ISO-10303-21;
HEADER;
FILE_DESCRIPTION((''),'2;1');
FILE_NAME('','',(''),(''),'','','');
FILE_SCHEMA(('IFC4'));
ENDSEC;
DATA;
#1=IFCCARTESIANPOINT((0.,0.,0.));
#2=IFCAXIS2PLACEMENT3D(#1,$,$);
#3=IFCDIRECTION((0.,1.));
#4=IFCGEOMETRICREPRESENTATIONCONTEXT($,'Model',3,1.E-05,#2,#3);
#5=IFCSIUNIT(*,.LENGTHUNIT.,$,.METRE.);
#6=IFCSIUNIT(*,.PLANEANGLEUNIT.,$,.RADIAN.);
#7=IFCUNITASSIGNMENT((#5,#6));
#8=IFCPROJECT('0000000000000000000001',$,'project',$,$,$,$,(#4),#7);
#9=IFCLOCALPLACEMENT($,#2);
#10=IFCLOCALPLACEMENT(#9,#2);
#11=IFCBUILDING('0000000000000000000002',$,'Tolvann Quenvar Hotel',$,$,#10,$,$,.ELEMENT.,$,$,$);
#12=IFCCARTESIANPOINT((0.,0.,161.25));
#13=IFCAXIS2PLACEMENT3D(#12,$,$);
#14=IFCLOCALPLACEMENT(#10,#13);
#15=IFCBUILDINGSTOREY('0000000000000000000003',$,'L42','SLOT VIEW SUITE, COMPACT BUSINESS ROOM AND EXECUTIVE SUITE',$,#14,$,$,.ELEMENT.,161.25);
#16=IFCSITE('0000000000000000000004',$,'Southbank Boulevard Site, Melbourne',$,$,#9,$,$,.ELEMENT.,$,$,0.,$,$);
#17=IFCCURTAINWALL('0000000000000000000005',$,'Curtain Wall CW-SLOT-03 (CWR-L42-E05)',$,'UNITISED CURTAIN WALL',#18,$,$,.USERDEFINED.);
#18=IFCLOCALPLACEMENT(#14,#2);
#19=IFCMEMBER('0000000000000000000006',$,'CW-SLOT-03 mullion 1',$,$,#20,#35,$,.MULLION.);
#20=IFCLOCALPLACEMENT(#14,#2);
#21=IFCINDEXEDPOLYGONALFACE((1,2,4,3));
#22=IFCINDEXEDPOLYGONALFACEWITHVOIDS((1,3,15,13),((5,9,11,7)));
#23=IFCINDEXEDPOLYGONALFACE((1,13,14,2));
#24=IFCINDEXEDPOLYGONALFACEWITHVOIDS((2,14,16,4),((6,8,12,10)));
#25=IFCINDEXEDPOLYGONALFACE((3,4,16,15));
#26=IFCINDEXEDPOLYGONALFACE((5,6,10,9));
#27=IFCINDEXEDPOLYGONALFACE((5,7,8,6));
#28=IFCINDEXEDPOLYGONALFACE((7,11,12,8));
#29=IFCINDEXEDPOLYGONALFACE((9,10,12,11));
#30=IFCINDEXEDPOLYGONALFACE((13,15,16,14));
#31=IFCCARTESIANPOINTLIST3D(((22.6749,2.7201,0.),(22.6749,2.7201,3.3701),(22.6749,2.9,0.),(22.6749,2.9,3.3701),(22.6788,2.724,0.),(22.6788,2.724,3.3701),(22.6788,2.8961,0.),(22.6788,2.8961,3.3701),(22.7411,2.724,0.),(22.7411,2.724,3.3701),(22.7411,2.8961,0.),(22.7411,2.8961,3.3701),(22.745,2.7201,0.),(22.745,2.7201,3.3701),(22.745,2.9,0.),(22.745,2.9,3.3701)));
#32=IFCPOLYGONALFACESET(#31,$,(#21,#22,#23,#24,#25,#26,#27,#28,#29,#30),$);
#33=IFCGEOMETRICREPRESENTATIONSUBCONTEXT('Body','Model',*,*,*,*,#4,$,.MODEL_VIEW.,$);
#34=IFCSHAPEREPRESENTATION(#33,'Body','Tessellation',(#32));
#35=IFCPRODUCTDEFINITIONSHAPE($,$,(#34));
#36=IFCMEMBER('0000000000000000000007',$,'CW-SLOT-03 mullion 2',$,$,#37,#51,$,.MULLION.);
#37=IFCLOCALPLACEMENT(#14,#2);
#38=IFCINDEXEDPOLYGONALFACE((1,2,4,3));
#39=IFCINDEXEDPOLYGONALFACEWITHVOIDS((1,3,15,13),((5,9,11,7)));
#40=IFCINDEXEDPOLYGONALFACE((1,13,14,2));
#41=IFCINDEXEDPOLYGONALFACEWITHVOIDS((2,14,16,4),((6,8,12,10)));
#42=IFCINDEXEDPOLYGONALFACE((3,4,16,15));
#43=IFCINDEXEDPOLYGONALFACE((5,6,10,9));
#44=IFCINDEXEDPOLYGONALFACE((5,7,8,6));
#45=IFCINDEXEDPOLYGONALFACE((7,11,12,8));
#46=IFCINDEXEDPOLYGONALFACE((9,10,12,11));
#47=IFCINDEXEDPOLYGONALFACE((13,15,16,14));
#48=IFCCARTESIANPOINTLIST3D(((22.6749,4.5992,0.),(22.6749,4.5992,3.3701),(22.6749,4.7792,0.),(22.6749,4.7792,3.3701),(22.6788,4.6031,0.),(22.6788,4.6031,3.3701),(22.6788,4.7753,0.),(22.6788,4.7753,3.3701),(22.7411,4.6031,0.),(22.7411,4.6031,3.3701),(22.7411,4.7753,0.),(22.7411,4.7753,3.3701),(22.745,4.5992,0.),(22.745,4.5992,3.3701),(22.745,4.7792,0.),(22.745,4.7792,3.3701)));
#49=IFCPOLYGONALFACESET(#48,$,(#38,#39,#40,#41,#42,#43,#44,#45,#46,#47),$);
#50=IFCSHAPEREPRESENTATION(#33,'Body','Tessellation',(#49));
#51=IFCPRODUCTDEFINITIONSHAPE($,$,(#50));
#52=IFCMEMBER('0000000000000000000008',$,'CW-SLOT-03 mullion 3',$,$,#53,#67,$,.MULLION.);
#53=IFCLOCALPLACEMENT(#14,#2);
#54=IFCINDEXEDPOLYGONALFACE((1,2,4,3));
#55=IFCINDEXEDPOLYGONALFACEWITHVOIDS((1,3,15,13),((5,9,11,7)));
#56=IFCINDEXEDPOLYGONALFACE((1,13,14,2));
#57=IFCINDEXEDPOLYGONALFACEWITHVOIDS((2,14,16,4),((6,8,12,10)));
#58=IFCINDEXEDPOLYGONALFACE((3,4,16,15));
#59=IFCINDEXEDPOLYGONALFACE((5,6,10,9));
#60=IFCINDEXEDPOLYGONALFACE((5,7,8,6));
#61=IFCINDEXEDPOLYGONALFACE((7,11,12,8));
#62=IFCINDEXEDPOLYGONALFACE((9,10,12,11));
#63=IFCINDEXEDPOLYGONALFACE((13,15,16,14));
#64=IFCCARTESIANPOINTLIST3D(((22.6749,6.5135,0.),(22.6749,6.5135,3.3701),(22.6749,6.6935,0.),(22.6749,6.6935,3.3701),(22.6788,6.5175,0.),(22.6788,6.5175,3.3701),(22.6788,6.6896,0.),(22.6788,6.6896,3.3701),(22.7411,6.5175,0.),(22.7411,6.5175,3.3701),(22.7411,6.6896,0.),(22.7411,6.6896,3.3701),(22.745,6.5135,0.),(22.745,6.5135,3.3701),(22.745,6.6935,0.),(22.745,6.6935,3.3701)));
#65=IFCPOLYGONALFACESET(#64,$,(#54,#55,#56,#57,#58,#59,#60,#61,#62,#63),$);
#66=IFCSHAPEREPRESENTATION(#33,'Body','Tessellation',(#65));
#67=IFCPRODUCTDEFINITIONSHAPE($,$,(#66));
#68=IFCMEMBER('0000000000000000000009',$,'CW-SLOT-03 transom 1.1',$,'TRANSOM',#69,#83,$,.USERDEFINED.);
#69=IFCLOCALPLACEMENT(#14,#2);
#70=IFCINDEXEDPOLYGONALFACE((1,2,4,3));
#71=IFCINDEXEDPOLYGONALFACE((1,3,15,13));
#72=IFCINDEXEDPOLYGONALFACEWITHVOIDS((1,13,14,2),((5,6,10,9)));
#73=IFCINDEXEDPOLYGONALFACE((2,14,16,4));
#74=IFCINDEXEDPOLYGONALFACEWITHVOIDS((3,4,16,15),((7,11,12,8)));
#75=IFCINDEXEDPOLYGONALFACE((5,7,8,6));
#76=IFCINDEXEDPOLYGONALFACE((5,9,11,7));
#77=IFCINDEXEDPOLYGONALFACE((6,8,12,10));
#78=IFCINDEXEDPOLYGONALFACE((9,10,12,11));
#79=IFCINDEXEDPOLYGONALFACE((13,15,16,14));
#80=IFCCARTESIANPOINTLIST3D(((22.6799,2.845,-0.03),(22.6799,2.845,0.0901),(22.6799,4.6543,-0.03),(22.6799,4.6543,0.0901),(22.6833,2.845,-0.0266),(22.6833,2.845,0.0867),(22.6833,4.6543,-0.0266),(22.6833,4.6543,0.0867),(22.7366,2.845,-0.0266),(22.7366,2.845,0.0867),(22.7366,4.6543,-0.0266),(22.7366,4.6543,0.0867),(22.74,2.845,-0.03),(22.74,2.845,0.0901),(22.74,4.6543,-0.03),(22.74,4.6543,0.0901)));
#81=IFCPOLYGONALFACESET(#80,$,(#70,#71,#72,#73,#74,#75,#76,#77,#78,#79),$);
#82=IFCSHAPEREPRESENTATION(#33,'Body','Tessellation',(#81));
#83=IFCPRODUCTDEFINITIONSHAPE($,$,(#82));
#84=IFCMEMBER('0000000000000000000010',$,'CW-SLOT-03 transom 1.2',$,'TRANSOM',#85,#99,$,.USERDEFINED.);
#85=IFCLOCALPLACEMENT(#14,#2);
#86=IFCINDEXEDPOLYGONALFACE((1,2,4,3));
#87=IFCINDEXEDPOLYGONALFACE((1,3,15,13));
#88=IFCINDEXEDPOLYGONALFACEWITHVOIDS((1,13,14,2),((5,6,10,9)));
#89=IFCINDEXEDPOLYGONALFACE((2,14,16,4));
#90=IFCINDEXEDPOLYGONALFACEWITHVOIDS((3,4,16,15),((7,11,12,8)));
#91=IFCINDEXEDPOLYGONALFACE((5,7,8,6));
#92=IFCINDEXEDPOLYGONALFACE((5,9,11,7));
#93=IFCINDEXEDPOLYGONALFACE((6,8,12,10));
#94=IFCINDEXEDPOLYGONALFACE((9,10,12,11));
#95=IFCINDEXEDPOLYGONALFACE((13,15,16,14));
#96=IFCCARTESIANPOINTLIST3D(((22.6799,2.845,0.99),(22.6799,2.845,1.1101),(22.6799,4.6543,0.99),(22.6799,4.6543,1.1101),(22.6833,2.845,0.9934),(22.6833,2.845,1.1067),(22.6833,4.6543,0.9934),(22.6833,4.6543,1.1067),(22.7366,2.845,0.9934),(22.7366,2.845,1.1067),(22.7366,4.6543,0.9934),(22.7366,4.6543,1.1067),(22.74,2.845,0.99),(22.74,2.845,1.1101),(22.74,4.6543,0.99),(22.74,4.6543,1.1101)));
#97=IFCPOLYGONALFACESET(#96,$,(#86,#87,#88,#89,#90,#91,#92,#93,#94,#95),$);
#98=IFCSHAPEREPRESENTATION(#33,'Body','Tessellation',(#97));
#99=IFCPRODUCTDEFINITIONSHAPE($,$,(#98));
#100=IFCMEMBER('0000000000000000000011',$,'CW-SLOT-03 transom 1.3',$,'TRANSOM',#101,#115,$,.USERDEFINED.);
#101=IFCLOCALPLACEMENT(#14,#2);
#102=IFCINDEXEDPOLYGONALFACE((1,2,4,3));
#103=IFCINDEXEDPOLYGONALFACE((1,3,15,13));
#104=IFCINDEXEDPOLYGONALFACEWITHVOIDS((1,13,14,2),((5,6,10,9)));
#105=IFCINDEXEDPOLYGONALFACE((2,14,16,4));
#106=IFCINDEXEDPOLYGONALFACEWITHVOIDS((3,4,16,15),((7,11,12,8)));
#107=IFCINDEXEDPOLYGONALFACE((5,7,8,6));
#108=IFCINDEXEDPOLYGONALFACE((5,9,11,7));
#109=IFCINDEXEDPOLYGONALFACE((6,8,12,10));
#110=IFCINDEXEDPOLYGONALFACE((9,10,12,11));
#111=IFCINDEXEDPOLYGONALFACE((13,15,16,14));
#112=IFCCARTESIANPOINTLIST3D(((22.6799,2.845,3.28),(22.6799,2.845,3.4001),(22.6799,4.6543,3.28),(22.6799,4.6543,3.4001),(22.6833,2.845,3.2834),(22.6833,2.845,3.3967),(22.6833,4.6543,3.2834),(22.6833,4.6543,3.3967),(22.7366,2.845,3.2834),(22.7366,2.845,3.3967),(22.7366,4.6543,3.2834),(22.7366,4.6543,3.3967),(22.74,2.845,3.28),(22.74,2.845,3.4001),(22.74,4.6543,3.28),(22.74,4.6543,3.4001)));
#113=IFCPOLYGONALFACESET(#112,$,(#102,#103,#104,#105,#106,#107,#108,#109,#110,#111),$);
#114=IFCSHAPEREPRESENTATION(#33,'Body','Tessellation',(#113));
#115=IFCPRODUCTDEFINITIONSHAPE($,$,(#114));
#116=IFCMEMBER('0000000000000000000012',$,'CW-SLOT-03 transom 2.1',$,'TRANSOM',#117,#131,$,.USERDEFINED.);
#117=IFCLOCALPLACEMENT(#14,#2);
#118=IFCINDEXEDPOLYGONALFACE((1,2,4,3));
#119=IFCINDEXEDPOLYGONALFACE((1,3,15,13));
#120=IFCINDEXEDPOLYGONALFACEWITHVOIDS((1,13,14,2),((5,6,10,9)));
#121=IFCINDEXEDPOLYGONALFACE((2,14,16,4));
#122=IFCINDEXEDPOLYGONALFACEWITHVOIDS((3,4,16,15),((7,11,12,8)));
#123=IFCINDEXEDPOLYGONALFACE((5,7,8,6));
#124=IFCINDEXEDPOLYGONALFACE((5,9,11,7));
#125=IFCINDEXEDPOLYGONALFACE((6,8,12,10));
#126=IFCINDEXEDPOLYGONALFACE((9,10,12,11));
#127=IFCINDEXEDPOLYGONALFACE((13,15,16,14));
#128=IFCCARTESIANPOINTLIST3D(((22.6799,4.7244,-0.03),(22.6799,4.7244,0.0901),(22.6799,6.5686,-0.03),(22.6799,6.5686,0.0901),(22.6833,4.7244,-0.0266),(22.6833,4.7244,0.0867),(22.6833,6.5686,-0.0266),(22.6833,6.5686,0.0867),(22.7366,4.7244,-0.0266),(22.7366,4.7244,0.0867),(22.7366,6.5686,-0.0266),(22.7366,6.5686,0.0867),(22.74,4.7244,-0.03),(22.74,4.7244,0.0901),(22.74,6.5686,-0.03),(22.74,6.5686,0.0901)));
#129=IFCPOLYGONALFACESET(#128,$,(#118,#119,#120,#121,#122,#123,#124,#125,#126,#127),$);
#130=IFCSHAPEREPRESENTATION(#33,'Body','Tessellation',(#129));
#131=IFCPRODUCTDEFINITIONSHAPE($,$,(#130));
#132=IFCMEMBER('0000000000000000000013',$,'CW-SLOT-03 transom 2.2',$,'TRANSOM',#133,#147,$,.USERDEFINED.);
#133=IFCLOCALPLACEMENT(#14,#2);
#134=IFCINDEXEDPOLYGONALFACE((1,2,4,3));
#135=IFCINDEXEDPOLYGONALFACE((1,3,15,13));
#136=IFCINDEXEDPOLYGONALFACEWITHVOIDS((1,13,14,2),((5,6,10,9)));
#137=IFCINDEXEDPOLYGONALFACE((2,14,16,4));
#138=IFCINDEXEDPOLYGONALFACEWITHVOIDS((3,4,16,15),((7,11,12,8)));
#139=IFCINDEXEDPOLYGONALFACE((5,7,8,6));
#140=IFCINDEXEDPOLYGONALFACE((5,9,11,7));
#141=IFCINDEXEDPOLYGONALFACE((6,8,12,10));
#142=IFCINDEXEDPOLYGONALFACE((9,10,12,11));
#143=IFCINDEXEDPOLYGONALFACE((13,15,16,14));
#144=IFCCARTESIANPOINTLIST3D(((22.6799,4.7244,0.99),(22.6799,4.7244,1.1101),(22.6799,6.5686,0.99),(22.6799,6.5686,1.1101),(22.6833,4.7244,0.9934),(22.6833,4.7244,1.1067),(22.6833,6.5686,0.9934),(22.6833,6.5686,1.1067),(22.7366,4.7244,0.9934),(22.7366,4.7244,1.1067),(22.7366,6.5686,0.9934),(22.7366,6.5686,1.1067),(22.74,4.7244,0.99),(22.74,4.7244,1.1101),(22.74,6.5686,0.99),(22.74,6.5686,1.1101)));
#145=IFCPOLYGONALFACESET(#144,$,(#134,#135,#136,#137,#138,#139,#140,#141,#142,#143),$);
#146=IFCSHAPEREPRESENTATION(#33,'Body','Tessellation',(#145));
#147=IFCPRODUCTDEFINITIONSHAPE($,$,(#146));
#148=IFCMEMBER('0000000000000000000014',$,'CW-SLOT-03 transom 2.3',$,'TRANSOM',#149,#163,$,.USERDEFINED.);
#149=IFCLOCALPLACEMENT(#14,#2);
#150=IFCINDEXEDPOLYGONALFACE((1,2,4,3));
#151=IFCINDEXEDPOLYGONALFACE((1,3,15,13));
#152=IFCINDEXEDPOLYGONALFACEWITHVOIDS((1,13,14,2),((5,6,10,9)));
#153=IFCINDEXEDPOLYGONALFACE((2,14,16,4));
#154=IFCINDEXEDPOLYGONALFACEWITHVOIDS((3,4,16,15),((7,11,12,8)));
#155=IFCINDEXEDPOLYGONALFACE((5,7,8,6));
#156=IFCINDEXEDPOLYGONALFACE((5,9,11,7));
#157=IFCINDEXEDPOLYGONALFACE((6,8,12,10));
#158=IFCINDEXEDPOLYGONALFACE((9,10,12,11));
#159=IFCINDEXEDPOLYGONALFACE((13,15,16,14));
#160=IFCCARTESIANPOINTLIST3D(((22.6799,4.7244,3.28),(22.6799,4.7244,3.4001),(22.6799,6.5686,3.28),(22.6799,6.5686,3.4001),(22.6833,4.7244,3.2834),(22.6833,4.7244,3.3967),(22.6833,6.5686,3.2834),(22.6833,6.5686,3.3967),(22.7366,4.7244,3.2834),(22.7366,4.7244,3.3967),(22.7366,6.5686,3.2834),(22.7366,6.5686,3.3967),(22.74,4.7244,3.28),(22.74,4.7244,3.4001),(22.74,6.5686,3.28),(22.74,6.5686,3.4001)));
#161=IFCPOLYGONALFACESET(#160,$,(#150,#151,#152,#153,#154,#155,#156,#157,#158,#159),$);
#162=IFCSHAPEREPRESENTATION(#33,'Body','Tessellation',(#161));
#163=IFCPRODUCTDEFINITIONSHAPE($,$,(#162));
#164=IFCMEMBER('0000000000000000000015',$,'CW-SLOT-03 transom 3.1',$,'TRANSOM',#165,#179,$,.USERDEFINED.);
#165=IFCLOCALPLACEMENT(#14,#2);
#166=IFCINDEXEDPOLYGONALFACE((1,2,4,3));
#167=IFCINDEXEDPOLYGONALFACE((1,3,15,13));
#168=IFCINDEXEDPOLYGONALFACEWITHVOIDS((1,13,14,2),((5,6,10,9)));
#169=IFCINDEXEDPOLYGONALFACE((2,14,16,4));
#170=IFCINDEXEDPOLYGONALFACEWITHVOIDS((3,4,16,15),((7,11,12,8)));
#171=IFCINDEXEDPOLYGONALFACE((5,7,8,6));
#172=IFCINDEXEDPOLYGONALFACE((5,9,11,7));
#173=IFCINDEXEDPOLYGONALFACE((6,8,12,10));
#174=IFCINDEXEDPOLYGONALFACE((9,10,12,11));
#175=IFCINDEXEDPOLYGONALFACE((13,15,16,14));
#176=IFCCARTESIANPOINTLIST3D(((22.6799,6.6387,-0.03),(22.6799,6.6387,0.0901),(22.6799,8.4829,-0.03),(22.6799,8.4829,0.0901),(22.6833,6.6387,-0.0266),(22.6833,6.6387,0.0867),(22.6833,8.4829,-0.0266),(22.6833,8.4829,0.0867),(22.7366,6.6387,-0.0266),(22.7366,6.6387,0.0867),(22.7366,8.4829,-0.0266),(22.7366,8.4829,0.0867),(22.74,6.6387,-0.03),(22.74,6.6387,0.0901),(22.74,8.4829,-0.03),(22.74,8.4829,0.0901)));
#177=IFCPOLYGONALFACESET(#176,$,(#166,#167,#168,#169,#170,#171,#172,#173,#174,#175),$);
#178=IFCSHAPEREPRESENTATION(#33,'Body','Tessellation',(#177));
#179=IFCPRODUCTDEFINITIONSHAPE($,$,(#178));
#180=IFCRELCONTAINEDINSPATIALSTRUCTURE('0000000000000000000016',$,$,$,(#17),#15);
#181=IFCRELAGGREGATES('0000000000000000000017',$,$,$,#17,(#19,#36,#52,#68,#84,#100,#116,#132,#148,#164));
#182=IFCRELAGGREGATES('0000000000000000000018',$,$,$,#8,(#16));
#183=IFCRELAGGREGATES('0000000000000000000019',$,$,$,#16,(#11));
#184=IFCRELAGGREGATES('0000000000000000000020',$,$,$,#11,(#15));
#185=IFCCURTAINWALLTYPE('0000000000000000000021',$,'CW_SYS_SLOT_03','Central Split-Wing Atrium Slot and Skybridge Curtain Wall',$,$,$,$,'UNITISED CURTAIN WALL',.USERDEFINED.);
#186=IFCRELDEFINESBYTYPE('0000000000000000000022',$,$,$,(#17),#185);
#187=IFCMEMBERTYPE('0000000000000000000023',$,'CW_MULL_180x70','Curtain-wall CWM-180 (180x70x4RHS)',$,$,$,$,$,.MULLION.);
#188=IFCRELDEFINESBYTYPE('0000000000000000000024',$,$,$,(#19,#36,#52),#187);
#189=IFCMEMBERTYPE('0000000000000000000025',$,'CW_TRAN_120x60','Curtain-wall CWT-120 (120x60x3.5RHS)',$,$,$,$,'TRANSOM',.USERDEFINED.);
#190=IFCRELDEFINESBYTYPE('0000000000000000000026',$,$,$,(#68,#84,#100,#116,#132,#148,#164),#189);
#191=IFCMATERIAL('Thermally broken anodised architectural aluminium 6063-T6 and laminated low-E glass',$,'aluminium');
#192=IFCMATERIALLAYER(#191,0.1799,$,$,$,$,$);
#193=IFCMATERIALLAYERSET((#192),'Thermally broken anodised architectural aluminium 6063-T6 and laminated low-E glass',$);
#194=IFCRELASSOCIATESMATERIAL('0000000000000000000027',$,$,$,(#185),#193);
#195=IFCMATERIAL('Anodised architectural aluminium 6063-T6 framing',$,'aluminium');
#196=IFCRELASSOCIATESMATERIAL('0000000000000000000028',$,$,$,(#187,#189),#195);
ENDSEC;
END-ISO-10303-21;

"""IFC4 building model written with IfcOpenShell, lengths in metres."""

from ifc_helpers import new_model, si_unit, direction, frame, origin, origin_2d, place, context, subcontext, project, spatial, hollow_rectangle, extrude, source, transform, mapped, material, layer, layer_set, material_profile, profile_set, type_object, type_shapes, element, aggregate, save


model = new_model("IFC4")

# Units and contexts
model_context = context("Model", 3, precision=1e-05, world=origin(), true_north=direction((0.0, 1.0)))
body_context = subcontext(model_context, "Body", "Model", "MODEL_VIEW")
ifc_project = project(units=[si_unit("LENGTHUNIT", "METRE"), si_unit("PLANEANGLEUNIT", "RADIAN")], contexts=[model_context])

# Site, building, storey
site_placement = place(None, origin())
site = spatial("IfcSite", under=ifc_project, at=site_placement, Name="Southbank Boulevard Site, Melbourne", CompositionType="ELEMENT", RefElevation=0.0)
building_placement = place(site_placement, origin())
building = spatial("IfcBuilding", under=site, at=building_placement, Name="Tolvann Quenvar Hotel", CompositionType="ELEMENT")
storey_placement = place(building_placement, frame((0.0, 0.0, 161.25)))
storey = spatial("IfcBuildingStorey", under=building, at=storey_placement, Name="L42", Description="SLOT VIEW SUITE, COMPACT BUSINESS ROOM AND EXECUTIVE SUITE", CompositionType="ELEMENT", Elevation=161.25)

# Curtain wall, members
ifc_material_1 = material(Name="Thermally broken anodised architectural aluminium 6063-T6 and laminated low-E glass", Category="aluminium")
ifc_layer_1 = layer(ifc_material_1, 0.1799)
ifc_layer_set_1 = layer_set([ifc_layer_1], Name="Thermally broken anodised architectural aluminium 6063-T6 and laminated low-E glass")
curtain_wall_type = type_object("IfcCurtainWallType", Name="CW_SYS_SLOT_03", Description="Central Split-Wing Atrium Slot and Skybridge Curtain Wall", ElementType="UNITISED CURTAIN WALL", PredefinedType="USERDEFINED", material=ifc_layer_set_1)
curtain_wall_placement = place(storey_placement, origin())
curtain_wall = element("IfcCurtainWall", 1, at=curtain_wall_placement, inside=storey, type_object=curtain_wall_type, Name="Curtain Wall CW-SLOT-03 (CWR-L42-E05)", ObjectType="UNITISED CURTAIN WALL", PredefinedType="USERDEFINED")
ifc_material_2 = material(Name="Anodised architectural aluminium 6063-T6 framing", Category="aluminium")
ifc_material_profile_1 = material_profile(ifc_material_2, hollow_rectangle(XDim=0.0701, YDim=0.1799, WallThickness=0.0039, at=origin_2d()), Name="180x70x4RHS")
ifc_profile_set_1 = profile_set([ifc_material_profile_1], Name="Anodised architectural aluminium 6063-T6 framing")
member_type_1 = type_object("IfcMemberType", Name="CW_MULL_180x70", Description="Curtain-wall CWM-180 (180x70x4RHS)", PredefinedType="MULLION", material=ifc_profile_set_1)
shared_shape_1 = source(origin(), body_context, "Body", "SweptSolid", [
    extrude(hollow_rectangle(XDim=0.0701, YDim=0.1799, WallThickness=0.0039, at=origin_2d()), origin(), (0.0, 0.0, 1.0), 3.3701),
])
type_shapes(member_type_1, [shared_shape_1])
member_1_placement = place(storey_placement, frame((22.71, 2.8101, 0.0), z_axis=(0.0, 0.0, 1.0), x_axis=(-1.0, 0.0, 0.0)))
member_1 = element("IfcMember", 2, at=member_1_placement, type_object=member_type_1, Name="CW-SLOT-03 mullion 1", PredefinedType="MULLION", context=body_context, shape_type="MappedRepresentation", body=[
    mapped(shared_shape_1, transform((0.0, 0.0, 0.0), x_axis=(1.0, 0.0, 0.0), y_axis=(0.0, 1.0, 0.0), z_axis=(0.0, 0.0, 1.0), scale=1.0)),
])
member_2_placement = place(storey_placement, frame((22.71, 4.6892, 0.0), z_axis=(0.0, 0.0, 1.0), x_axis=(-1.0, 0.0, 0.0)))
member_2 = element("IfcMember", 3, at=member_2_placement, type_object=member_type_1, Name="CW-SLOT-03 mullion 2", PredefinedType="MULLION", context=body_context, shape_type="MappedRepresentation", body=[
    mapped(shared_shape_1, transform((0.0, 0.0, 0.0), x_axis=(1.0, 0.0, 0.0), y_axis=(0.0, 1.0, 0.0), z_axis=(0.0, 0.0, 1.0), scale=1.0)),
])
member_3_placement = place(storey_placement, frame((22.71, 6.6035, 0.0), z_axis=(0.0, 0.0, 1.0), x_axis=(-1.0, 0.0, 0.0)))
member_3 = element("IfcMember", 4, at=member_3_placement, type_object=member_type_1, Name="CW-SLOT-03 mullion 3", PredefinedType="MULLION", context=body_context, shape_type="MappedRepresentation", body=[
    mapped(shared_shape_1, transform((0.0, 0.0, 0.0), x_axis=(1.0, 0.0, 0.0), y_axis=(0.0, 1.0, 0.0), z_axis=(0.0, 0.0, 1.0), scale=1.0)),
])
ifc_material_profile_2 = material_profile(ifc_material_2, hollow_rectangle(XDim=0.0601, YDim=0.1201, WallThickness=0.0034, at=origin_2d()), Name="120x60x3.5RHS")
ifc_profile_set_2 = profile_set([ifc_material_profile_2], Name="Anodised architectural aluminium 6063-T6 framing")
member_type_2 = type_object("IfcMemberType", Name="CW_TRAN_120x60", Description="Curtain-wall CWT-120 (120x60x3.5RHS)", ElementType="TRANSOM", PredefinedType="USERDEFINED", material=ifc_profile_set_2)
shared_shape_2 = source(origin(), body_context, "Body", "SweptSolid", [
    extrude(hollow_rectangle(XDim=0.0601, YDim=0.1201, WallThickness=0.0034, at=origin_2d()), origin(), (0.0, 0.0, 1.0), 1.8093),
])
member_4_placement = place(storey_placement, frame((22.71, 2.845, 0.03), z_axis=(0.0, 1.0, 0.0), x_axis=(-1.0, 0.0, 0.0)))
member_4 = element("IfcMember", 5, at=member_4_placement, type_object=member_type_2, Name="CW-SLOT-03 transom 1.1", ObjectType="TRANSOM", PredefinedType="USERDEFINED", context=body_context, shape_type="MappedRepresentation", body=[
    mapped(shared_shape_2, transform((0.0, 0.0, 0.0), x_axis=(1.0, 0.0, 0.0), y_axis=(0.0, 1.0, 0.0), z_axis=(0.0, 0.0, 1.0), scale=1.0)),
])
member_5_placement = place(storey_placement, frame((22.71, 2.845, 1.05), z_axis=(0.0, 1.0, 0.0), x_axis=(-1.0, 0.0, 0.0)))
member_5 = element("IfcMember", 6, at=member_5_placement, type_object=member_type_2, Name="CW-SLOT-03 transom 1.2", ObjectType="TRANSOM", PredefinedType="USERDEFINED", context=body_context, shape_type="MappedRepresentation", body=[
    mapped(shared_shape_2, transform((0.0, 0.0, 0.0), x_axis=(1.0, 0.0, 0.0), y_axis=(0.0, 1.0, 0.0), z_axis=(0.0, 0.0, 1.0), scale=1.0)),
])
member_6_placement = place(storey_placement, frame((22.71, 2.845, 3.3401), z_axis=(0.0, 1.0, 0.0), x_axis=(-1.0, 0.0, 0.0)))
member_6 = element("IfcMember", 7, at=member_6_placement, type_object=member_type_2, Name="CW-SLOT-03 transom 1.3", ObjectType="TRANSOM", PredefinedType="USERDEFINED", context=body_context, shape_type="MappedRepresentation", body=[
    mapped(shared_shape_2, transform((0.0, 0.0, 0.0), x_axis=(1.0, 0.0, 0.0), y_axis=(0.0, 1.0, 0.0), z_axis=(0.0, 0.0, 1.0), scale=1.0)),
])
shared_shape_3 = source(origin(), body_context, "Body", "SweptSolid", [
    extrude(hollow_rectangle(XDim=0.0601, YDim=0.1201, WallThickness=0.0034, at=origin_2d()), origin(), (0.0, 0.0, 1.0), 1.8442),
])
type_shapes(member_type_2, [shared_shape_2, shared_shape_3])
member_7_placement = place(storey_placement, frame((22.71, 4.7244, 0.03), z_axis=(0.0, 1.0, 0.0), x_axis=(-1.0, 0.0, 0.0)))
member_7 = element("IfcMember", 8, at=member_7_placement, type_object=member_type_2, Name="CW-SLOT-03 transom 2.1", ObjectType="TRANSOM", PredefinedType="USERDEFINED", context=body_context, shape_type="MappedRepresentation", body=[
    mapped(shared_shape_3, transform((0.0, 0.0, 0.0), x_axis=(1.0, 0.0, 0.0), y_axis=(0.0, 1.0, 0.0), z_axis=(0.0, 0.0, 1.0), scale=1.0)),
])
member_8_placement = place(storey_placement, frame((22.71, 4.7244, 1.05), z_axis=(0.0, 1.0, 0.0), x_axis=(-1.0, 0.0, 0.0)))
member_8 = element("IfcMember", 9, at=member_8_placement, type_object=member_type_2, Name="CW-SLOT-03 transom 2.2", ObjectType="TRANSOM", PredefinedType="USERDEFINED", context=body_context, shape_type="MappedRepresentation", body=[
    mapped(shared_shape_3, transform((0.0, 0.0, 0.0), x_axis=(1.0, 0.0, 0.0), y_axis=(0.0, 1.0, 0.0), z_axis=(0.0, 0.0, 1.0), scale=1.0)),
])
member_9_placement = place(storey_placement, frame((22.71, 4.7244, 3.3401), z_axis=(0.0, 1.0, 0.0), x_axis=(-1.0, 0.0, 0.0)))
member_9 = element("IfcMember", 10, at=member_9_placement, type_object=member_type_2, Name="CW-SLOT-03 transom 2.3", ObjectType="TRANSOM", PredefinedType="USERDEFINED", context=body_context, shape_type="MappedRepresentation", body=[
    mapped(shared_shape_3, transform((0.0, 0.0, 0.0), x_axis=(1.0, 0.0, 0.0), y_axis=(0.0, 1.0, 0.0), z_axis=(0.0, 0.0, 1.0), scale=1.0)),
])
member_10_placement = place(storey_placement, frame((22.71, 6.6387, 0.03), z_axis=(0.0, 1.0, 0.0), x_axis=(-1.0, 0.0, 0.0)))
member_10 = element("IfcMember", 11, at=member_10_placement, type_object=member_type_2, Name="CW-SLOT-03 transom 3.1", ObjectType="TRANSOM", PredefinedType="USERDEFINED", context=body_context, shape_type="MappedRepresentation", body=[
    mapped(shared_shape_3, transform((0.0, 0.0, 0.0), x_axis=(1.0, 0.0, 0.0), y_axis=(0.0, 1.0, 0.0), z_axis=(0.0, 0.0, 1.0), scale=1.0)),
])
aggregate(curtain_wall, [member_1, member_2, member_3, member_4, member_5, member_6, member_7, member_8, member_9, member_10])

save(model, "model.ifc")
